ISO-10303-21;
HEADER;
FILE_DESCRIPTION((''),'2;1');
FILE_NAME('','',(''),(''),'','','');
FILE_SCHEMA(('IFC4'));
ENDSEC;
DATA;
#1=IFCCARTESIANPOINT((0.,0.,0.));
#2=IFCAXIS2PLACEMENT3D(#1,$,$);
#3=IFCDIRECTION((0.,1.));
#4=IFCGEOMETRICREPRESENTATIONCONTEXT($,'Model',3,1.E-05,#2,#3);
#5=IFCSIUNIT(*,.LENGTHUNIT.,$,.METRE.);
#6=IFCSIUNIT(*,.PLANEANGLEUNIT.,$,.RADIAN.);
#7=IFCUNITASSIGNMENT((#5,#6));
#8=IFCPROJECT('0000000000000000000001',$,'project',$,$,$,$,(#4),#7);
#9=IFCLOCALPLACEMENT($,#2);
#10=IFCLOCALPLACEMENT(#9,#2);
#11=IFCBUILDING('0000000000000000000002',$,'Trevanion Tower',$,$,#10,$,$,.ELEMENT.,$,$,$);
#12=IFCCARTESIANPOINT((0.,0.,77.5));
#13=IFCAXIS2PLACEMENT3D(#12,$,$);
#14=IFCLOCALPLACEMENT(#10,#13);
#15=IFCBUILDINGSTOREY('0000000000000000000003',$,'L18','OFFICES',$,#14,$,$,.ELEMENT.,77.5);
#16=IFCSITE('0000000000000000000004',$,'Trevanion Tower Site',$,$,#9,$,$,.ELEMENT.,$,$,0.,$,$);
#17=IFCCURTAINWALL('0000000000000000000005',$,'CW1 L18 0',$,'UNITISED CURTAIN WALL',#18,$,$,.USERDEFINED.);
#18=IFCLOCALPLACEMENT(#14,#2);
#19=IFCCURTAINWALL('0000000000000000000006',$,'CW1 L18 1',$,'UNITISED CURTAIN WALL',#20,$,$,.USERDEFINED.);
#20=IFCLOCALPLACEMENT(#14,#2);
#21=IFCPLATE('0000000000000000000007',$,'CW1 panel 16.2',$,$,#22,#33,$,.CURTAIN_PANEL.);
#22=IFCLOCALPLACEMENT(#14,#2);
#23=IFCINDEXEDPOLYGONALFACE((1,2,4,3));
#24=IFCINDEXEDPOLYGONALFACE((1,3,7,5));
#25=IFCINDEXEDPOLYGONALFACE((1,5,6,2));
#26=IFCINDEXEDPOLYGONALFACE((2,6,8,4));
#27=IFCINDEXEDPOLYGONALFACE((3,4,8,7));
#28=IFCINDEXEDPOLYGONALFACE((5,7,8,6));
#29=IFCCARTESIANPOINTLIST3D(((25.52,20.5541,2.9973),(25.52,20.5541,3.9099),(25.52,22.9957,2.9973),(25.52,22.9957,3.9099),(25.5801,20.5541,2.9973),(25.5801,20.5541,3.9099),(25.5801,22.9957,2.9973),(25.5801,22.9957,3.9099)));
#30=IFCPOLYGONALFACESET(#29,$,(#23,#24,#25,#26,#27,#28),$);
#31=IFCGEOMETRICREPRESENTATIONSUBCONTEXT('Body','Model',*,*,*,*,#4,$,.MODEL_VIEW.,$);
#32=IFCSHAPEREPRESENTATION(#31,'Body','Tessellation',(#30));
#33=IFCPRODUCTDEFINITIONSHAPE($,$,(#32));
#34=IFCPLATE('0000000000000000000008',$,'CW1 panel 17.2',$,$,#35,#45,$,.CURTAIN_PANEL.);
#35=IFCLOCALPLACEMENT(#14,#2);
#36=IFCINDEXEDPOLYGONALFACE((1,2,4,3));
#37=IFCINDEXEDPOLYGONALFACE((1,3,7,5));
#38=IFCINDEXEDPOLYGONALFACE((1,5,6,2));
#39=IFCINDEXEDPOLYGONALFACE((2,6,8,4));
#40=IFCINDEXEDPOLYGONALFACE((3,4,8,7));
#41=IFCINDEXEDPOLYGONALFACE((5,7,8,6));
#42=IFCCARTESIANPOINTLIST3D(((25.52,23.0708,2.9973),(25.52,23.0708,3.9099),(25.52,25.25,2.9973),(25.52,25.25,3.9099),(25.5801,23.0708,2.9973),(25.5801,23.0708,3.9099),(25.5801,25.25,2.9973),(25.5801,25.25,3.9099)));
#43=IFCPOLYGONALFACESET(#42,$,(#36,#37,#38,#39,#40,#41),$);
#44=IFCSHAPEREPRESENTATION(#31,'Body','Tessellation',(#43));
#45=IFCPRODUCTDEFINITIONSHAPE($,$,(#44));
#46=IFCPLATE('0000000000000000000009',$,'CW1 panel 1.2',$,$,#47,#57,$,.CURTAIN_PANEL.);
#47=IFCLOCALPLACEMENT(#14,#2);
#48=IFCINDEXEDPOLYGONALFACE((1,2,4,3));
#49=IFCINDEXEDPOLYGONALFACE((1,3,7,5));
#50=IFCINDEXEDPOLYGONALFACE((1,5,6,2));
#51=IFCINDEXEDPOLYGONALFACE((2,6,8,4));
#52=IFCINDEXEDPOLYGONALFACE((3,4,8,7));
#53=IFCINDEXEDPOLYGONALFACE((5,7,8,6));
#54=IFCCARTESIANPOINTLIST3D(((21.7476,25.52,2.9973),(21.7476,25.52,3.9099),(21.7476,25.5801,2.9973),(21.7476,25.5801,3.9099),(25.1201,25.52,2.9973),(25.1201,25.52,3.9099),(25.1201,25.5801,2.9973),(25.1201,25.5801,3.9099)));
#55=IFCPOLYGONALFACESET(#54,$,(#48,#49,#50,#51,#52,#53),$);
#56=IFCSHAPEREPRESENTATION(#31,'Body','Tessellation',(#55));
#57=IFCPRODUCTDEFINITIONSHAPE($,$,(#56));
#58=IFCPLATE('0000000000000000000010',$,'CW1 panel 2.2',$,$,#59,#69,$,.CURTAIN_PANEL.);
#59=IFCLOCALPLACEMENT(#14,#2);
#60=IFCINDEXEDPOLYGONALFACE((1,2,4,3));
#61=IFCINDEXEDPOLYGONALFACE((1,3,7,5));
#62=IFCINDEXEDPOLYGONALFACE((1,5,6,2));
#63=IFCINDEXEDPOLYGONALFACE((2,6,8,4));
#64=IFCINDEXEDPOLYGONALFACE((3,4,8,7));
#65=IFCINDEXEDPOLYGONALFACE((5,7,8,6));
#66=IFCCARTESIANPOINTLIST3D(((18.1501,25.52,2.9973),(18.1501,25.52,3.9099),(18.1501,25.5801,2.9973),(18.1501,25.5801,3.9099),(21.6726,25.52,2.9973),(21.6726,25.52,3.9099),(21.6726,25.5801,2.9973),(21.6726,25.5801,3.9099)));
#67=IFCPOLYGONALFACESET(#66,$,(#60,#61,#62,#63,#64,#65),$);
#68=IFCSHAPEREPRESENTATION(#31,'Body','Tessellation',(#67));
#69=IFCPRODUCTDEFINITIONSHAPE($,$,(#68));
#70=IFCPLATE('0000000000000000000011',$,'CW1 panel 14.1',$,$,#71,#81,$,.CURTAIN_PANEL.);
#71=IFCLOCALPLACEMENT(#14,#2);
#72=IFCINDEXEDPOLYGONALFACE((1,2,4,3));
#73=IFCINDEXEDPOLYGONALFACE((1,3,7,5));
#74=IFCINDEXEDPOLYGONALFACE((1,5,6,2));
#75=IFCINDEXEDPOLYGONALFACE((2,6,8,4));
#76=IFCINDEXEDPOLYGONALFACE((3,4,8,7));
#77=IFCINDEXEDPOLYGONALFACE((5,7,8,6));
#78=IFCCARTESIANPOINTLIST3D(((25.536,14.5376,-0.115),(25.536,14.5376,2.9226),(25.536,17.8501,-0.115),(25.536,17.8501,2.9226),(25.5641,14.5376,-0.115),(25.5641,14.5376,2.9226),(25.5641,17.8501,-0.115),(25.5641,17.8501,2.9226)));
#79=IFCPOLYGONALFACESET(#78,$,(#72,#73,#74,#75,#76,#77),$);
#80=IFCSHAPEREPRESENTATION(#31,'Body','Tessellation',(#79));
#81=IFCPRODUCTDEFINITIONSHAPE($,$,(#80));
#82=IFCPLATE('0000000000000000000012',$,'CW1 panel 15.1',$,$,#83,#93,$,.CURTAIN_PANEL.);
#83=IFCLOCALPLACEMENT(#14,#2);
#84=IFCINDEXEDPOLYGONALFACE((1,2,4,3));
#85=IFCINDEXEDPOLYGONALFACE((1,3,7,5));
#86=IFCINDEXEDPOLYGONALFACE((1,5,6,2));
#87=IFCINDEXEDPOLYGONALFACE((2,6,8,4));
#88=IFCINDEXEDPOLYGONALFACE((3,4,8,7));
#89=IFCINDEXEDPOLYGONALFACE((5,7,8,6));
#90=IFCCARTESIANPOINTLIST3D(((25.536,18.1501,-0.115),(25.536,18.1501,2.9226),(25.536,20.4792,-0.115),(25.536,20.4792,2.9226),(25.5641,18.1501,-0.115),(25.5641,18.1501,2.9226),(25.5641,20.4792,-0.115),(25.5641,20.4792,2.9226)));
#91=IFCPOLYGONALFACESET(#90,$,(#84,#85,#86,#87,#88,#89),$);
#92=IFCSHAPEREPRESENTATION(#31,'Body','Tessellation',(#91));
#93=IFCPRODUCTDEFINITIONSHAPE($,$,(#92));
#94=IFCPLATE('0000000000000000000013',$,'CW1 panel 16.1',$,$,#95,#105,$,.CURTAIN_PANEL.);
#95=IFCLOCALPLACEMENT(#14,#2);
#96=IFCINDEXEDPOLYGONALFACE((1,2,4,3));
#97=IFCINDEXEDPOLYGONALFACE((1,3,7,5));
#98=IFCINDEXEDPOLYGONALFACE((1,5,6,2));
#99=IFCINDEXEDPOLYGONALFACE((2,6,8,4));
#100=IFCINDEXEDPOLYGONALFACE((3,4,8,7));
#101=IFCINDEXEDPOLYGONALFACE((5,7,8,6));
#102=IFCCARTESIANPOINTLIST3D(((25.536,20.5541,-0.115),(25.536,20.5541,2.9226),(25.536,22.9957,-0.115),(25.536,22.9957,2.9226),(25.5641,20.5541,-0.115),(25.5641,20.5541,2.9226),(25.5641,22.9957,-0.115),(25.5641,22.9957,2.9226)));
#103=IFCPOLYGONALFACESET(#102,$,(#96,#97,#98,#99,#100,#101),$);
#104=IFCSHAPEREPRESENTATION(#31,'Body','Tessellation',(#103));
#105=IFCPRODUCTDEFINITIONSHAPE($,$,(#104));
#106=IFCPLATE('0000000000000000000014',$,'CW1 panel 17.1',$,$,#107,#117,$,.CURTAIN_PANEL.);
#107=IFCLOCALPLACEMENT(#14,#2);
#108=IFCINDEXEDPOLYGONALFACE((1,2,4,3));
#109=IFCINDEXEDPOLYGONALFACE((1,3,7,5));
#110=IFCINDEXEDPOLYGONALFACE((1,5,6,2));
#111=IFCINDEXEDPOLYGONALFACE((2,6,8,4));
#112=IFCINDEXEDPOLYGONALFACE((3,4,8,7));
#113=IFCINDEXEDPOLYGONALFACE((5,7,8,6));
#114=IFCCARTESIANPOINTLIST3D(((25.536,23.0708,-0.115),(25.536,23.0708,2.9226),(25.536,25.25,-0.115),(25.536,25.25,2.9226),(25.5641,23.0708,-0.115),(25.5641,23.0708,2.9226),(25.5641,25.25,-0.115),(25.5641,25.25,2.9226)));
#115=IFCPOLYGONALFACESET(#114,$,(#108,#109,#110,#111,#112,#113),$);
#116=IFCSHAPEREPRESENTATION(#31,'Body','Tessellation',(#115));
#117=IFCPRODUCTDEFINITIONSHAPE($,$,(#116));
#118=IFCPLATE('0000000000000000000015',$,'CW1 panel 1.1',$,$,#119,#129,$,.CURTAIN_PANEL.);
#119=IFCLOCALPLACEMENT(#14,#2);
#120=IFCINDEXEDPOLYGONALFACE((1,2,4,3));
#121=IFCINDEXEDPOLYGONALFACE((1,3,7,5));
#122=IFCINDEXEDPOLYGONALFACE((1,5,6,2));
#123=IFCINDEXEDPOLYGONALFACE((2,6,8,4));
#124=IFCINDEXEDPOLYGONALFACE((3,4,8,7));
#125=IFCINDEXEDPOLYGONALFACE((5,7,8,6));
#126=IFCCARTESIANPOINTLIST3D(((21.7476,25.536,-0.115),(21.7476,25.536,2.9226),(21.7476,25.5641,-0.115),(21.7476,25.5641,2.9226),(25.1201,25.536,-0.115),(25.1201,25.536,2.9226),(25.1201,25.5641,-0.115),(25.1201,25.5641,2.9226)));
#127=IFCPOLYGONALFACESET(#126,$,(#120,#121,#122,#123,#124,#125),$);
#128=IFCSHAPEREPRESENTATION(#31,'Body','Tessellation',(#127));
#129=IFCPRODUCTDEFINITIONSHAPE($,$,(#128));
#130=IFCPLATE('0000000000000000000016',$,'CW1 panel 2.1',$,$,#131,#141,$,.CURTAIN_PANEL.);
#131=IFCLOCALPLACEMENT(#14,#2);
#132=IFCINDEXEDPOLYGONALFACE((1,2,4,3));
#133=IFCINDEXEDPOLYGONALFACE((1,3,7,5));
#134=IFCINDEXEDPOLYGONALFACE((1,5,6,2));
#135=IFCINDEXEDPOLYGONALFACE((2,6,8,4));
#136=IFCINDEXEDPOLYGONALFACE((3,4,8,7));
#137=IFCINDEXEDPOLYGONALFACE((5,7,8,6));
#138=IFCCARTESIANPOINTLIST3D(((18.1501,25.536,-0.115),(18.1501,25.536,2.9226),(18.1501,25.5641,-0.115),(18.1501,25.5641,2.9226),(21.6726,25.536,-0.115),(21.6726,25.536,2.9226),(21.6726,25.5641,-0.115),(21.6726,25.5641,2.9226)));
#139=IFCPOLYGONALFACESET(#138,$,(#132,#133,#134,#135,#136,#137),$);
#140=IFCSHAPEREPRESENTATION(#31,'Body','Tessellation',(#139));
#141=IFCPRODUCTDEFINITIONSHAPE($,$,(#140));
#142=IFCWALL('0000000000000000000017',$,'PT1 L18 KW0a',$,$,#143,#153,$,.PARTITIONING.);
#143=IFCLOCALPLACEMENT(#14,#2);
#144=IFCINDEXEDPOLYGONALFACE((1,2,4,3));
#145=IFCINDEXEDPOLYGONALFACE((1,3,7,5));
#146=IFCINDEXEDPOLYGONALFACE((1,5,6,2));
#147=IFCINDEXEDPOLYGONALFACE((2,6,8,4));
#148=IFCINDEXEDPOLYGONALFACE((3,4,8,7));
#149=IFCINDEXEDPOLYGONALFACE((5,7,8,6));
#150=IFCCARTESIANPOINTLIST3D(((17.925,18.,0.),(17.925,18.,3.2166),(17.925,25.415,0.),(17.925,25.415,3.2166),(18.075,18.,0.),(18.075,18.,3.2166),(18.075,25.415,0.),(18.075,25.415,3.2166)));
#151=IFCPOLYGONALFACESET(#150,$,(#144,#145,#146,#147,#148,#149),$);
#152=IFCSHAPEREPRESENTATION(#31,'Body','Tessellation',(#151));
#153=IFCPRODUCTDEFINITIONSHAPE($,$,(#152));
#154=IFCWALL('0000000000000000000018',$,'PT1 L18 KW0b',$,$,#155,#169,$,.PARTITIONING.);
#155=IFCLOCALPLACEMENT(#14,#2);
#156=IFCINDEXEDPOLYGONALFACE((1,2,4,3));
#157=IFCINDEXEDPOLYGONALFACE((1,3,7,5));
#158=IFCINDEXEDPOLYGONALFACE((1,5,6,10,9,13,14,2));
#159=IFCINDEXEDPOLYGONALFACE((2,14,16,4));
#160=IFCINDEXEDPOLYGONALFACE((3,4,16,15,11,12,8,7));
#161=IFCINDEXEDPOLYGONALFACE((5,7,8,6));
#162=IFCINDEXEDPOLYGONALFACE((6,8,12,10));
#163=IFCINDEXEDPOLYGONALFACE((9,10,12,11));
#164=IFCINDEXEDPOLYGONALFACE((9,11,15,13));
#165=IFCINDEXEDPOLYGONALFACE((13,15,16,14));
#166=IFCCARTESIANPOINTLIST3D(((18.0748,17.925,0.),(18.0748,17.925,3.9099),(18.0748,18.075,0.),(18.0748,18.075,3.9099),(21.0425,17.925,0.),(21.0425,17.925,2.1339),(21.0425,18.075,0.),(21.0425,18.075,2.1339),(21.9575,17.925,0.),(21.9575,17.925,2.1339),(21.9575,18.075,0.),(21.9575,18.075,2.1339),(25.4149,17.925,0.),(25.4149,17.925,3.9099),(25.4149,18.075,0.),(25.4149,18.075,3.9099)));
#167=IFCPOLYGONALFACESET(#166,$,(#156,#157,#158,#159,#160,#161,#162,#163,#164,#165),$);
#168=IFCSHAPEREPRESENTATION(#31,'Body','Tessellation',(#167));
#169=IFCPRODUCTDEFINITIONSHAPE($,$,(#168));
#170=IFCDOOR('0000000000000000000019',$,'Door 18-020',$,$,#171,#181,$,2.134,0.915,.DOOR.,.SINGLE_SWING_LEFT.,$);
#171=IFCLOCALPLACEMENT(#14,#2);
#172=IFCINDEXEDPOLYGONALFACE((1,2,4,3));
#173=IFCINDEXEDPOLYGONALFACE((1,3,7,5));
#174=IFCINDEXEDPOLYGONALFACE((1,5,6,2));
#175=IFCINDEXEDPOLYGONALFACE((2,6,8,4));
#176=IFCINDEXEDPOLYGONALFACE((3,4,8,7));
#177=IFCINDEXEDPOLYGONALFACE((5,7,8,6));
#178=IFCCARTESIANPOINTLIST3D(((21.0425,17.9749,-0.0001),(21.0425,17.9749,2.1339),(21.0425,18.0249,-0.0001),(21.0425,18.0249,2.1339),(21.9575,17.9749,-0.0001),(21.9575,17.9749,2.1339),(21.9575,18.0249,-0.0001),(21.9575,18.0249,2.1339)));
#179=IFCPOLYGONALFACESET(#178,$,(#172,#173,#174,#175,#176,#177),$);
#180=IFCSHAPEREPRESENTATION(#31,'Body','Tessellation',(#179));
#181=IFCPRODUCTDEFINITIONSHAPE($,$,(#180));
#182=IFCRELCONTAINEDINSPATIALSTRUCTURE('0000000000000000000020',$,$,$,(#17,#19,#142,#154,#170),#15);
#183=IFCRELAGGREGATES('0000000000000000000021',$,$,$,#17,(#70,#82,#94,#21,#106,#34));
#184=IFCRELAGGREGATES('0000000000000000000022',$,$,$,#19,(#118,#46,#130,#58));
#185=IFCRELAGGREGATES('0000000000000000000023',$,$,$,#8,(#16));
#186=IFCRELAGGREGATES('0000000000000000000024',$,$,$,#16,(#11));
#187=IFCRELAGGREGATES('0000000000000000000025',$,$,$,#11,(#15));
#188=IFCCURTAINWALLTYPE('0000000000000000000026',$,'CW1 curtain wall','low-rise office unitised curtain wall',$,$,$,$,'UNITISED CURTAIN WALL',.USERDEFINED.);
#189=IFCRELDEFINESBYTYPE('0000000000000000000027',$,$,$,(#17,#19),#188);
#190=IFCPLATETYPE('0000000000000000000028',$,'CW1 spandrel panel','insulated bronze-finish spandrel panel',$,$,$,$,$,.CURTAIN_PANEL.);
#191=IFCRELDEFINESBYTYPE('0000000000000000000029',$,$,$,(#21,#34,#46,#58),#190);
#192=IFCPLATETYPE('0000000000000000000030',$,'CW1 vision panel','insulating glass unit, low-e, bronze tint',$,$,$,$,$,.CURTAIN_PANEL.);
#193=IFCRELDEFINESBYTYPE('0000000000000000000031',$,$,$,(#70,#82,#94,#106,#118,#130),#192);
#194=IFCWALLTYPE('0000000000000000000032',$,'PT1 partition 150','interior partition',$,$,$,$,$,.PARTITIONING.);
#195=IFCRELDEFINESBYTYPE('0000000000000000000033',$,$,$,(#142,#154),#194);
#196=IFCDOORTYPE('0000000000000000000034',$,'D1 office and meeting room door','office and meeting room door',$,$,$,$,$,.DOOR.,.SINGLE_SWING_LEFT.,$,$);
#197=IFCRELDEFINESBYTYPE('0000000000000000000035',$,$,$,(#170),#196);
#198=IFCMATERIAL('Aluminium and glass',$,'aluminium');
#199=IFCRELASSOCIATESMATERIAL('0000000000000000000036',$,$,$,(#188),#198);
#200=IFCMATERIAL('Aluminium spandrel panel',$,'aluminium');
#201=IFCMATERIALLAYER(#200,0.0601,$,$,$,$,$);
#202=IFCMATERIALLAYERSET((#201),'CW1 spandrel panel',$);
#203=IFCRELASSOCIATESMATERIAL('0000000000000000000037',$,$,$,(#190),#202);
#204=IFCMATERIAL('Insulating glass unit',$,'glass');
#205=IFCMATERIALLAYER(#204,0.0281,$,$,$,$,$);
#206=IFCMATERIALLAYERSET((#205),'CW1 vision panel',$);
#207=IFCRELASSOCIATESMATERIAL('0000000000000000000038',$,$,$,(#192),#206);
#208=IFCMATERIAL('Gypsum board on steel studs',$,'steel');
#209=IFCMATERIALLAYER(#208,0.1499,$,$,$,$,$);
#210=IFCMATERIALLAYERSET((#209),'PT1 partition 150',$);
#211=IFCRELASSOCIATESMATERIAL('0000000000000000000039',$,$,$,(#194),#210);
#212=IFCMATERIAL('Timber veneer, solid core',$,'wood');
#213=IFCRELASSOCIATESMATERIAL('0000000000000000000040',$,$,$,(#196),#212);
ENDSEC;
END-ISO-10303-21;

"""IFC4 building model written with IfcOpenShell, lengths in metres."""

from ifc_helpers import new_model, si_unit, direction, frame, frame_2d, origin, origin_2d, place, context, subcontext, project, spatial, rectangle, extrude, material, layer, layer_set, type_object, element, fill, aggregate, save


model = new_model("IFC4")

# Units and contexts
model_context = context("Model", 3, precision=1e-05, world=origin(), true_north=direction((0.0, 1.0)))
body_context = subcontext(model_context, "Body", "Model", "MODEL_VIEW")
ifc_project = project(units=[si_unit("LENGTHUNIT", "METRE"), si_unit("PLANEANGLEUNIT", "RADIAN")], contexts=[model_context])

# Site, building, storey
site_placement = place(None, origin())
site = spatial("IfcSite", under=ifc_project, at=site_placement, Name="Trevanion Tower Site", CompositionType="ELEMENT", RefElevation=0.0)
building_placement = place(site_placement, origin())
building = spatial("IfcBuilding", under=site, at=building_placement, Name="Trevanion Tower", CompositionType="ELEMENT")
storey_placement = place(building_placement, frame((0.0, 0.0, 77.5)))
storey = spatial("IfcBuildingStorey", under=building, at=storey_placement, Name="L18", Description="OFFICES", CompositionType="ELEMENT", Elevation=77.5)

# Curtain wall
ifc_material_1 = material(Name="Aluminium and glass", Category="aluminium")
curtain_wall_type = type_object("IfcCurtainWallType", Name="CW1 curtain wall", Description="low-rise office unitised curtain wall", ElementType="UNITISED CURTAIN WALL", PredefinedType="USERDEFINED", material=ifc_material_1)
curtain_wall_1_placement = place(storey_placement, origin())
curtain_wall_1 = element("IfcCurtainWall", 1, at=curtain_wall_1_placement, inside=storey, type_object=curtain_wall_type, Name="CW1 L18 0", ObjectType="UNITISED CURTAIN WALL", PredefinedType="USERDEFINED")

# Curtain wall
curtain_wall_2_placement = place(storey_placement, origin())
curtain_wall_2 = element("IfcCurtainWall", 2, at=curtain_wall_2_placement, inside=storey, type_object=curtain_wall_type, Name="CW1 L18 1", ObjectType="UNITISED CURTAIN WALL", PredefinedType="USERDEFINED")

# Plates
ifc_material_2 = material(Name="Aluminium spandrel panel", Category="aluminium")
ifc_layer_1 = layer(ifc_material_2, 0.0601)
ifc_layer_set_1 = layer_set([ifc_layer_1], Name="CW1 spandrel panel")
plate_type_1 = type_object("IfcPlateType", Name="CW1 spandrel panel", Description="insulated bronze-finish spandrel panel", PredefinedType="CURTAIN_PANEL", material=ifc_layer_set_1)
plate_1_placement = place(storey_placement, frame((25.55, 21.7749, 2.9973), z_axis=(0.0, 0.0, 1.0), x_axis=(0.0, 1.0, 0.0)))
plate_1 = element("IfcPlate", 3, at=plate_1_placement, type_object=plate_type_1, Name="CW1 panel 16.2", PredefinedType="CURTAIN_PANEL", context=body_context, shape_type="SweptSolid", body=[
    extrude(rectangle(XDim=2.4417, YDim=0.0601, at=origin_2d()), origin(), (0.0, 0.0, 1.0), 0.9126),
])
plate_2_placement = place(storey_placement, frame((25.55, 24.1604, 2.9973), z_axis=(0.0, 0.0, 1.0), x_axis=(0.0, 1.0, 0.0)))
plate_2 = element("IfcPlate", 4, at=plate_2_placement, type_object=plate_type_1, Name="CW1 panel 17.2", PredefinedType="CURTAIN_PANEL", context=body_context, shape_type="SweptSolid", body=[
    extrude(rectangle(XDim=2.1792, YDim=0.0601, at=origin_2d()), origin(), (0.0, 0.0, 1.0), 0.9126),
])
plate_3_placement = place(storey_placement, frame((23.4338, 25.55, 2.9973), z_axis=(0.0, 0.0, 1.0), x_axis=(-1.0, 0.0, 0.0)))
plate_3 = element("IfcPlate", 5, at=plate_3_placement, type_object=plate_type_1, Name="CW1 panel 1.2", PredefinedType="CURTAIN_PANEL", context=body_context, shape_type="SweptSolid", body=[
    extrude(rectangle(XDim=3.3726, YDim=0.0601, at=origin_2d()), origin(), (0.0, 0.0, 1.0), 0.9126),
])
plate_4_placement = place(storey_placement, frame((19.9114, 25.55, 2.9973), z_axis=(0.0, 0.0, 1.0), x_axis=(-1.0, 0.0, 0.0)))
plate_4 = element("IfcPlate", 6, at=plate_4_placement, type_object=plate_type_1, Name="CW1 panel 2.2", PredefinedType="CURTAIN_PANEL", context=body_context, shape_type="SweptSolid", body=[
    extrude(rectangle(XDim=3.5225, YDim=0.0601, at=origin_2d()), origin(), (0.0, 0.0, 1.0), 0.9126),
])
ifc_material_3 = material(Name="Insulating glass unit", Category="glass")
ifc_layer_2 = layer(ifc_material_3, 0.0281)
ifc_layer_set_2 = layer_set([ifc_layer_2], Name="CW1 vision panel")
plate_type_2 = type_object("IfcPlateType", Name="CW1 vision panel", Description="insulating glass unit, low-e, bronze tint", PredefinedType="CURTAIN_PANEL", material=ifc_layer_set_2)
plate_5_placement = place(storey_placement, frame((25.55, 16.1938, -0.115), z_axis=(0.0, 0.0, 1.0), x_axis=(0.0, 1.0, 0.0)))
plate_5 = element("IfcPlate", 7, at=plate_5_placement, type_object=plate_type_2, Name="CW1 panel 14.1", PredefinedType="CURTAIN_PANEL", context=body_context, shape_type="SweptSolid", body=[
    extrude(rectangle(XDim=3.3125, YDim=0.0281, at=origin_2d()), origin(), (0.0, 0.0, 1.0), 3.0376),
])
plate_6_placement = place(storey_placement, frame((25.55, 19.3147, -0.115), z_axis=(0.0, 0.0, 1.0), x_axis=(0.0, 1.0, 0.0)))
plate_6 = element("IfcPlate", 8, at=plate_6_placement, type_object=plate_type_2, Name="CW1 panel 15.1", PredefinedType="CURTAIN_PANEL", context=body_context, shape_type="SweptSolid", body=[
    extrude(rectangle(XDim=2.3291, YDim=0.0281, at=origin_2d()), origin(), (0.0, 0.0, 1.0), 3.0376),
])
plate_7_placement = place(storey_placement, frame((25.55, 21.7749, -0.115), z_axis=(0.0, 0.0, 1.0), x_axis=(0.0, 1.0, 0.0)))
plate_7 = element("IfcPlate", 9, at=plate_7_placement, type_object=plate_type_2, Name="CW1 panel 16.1", PredefinedType="CURTAIN_PANEL", context=body_context, shape_type="SweptSolid", body=[
    extrude(rectangle(XDim=2.4417, YDim=0.0281, at=origin_2d()), origin(), (0.0, 0.0, 1.0), 3.0376),
])
plate_8_placement = place(storey_placement, frame((25.55, 24.1604, -0.115), z_axis=(0.0, 0.0, 1.0), x_axis=(0.0, 1.0, 0.0)))
plate_8 = element("IfcPlate", 10, at=plate_8_placement, type_object=plate_type_2, Name="CW1 panel 17.1", PredefinedType="CURTAIN_PANEL", context=body_context, shape_type="SweptSolid", body=[
    extrude(rectangle(XDim=2.1792, YDim=0.0281, at=origin_2d()), origin(), (0.0, 0.0, 1.0), 3.0376),
])
aggregate(curtain_wall_1, [plate_5, plate_6, plate_7, plate_1, plate_8, plate_2])
plate_9_placement = place(storey_placement, frame((23.4338, 25.55, -0.115), z_axis=(0.0, 0.0, 1.0), x_axis=(-1.0, 0.0, 0.0)))
plate_9 = element("IfcPlate", 11, at=plate_9_placement, type_object=plate_type_2, Name="CW1 panel 1.1", PredefinedType="CURTAIN_PANEL", context=body_context, shape_type="SweptSolid", body=[
    extrude(rectangle(XDim=3.3726, YDim=0.0281, at=origin_2d()), origin(), (0.0, 0.0, 1.0), 3.0376),
])
plate_10_placement = place(storey_placement, frame((19.9114, 25.55, -0.115), z_axis=(0.0, 0.0, 1.0), x_axis=(-1.0, 0.0, 0.0)))
plate_10 = element("IfcPlate", 12, at=plate_10_placement, type_object=plate_type_2, Name="CW1 panel 2.1", PredefinedType="CURTAIN_PANEL", context=body_context, shape_type="SweptSolid", body=[
    extrude(rectangle(XDim=3.5225, YDim=0.0281, at=origin_2d()), origin(), (0.0, 0.0, 1.0), 3.0376),
])
aggregate(curtain_wall_2, [plate_9, plate_3, plate_10, plate_4])

# Wall
ifc_material_4 = material(Name="Gypsum board on steel studs", Category="steel")
ifc_layer_3 = layer(ifc_material_4, 0.1499)
ifc_layer_set_3 = layer_set([ifc_layer_3], Name="PT1 partition 150")
wall_type = type_object("IfcWallType", Name="PT1 partition 150", Description="interior partition", PredefinedType="PARTITIONING", material=ifc_layer_set_3)
wall_1_placement = place(storey_placement, frame((18.0, 18.0, 0.0), z_axis=(0.0, 0.0, 1.0), x_axis=(0.0, 1.0, 0.0)))
element("IfcWall", 13, at=wall_1_placement, inside=storey, type_object=wall_type, Name="PT1 L18 KW0a", PredefinedType="PARTITIONING", context=body_context, shape_type="SweptSolid", body=[
    extrude(rectangle(XDim=7.415, YDim=0.1499, at=frame_2d((3.7075, 0.0))), origin(), (0.0, 0.0, 1.0), 3.2166),
])

# Wall, opening, door
wall_2_placement = place(storey_placement, frame((18.075, 18.0, 0.0), z_axis=(0.0, 0.0, 1.0), x_axis=(1.0, 0.0, 0.0)))
wall_2 = element("IfcWall", 14, at=wall_2_placement, inside=storey, type_object=wall_type, Name="PT1 L18 KW0b", PredefinedType="PARTITIONING", context=body_context, shape_type="SweptSolid", body=[
    extrude(rectangle(XDim=7.3401, YDim=0.1499, at=frame_2d((3.6699, 0.0))), origin(), (0.0, 0.0, 1.0), 3.9099),
])
opening_placement = place(wall_2_placement, frame((2.9675, 0.0, 0.0)))
opening = element("IfcOpeningElement", 15, at=opening_placement, cuts=wall_2, PredefinedType="OPENING", context=body_context, shape_type="SweptSolid", body=[
    extrude(rectangle(XDim=0.915, YDim=2.134, at=frame_2d((0.4575, 1.0669))), frame((0.0, 0.085, 0.0), z_axis=(0.0, -1.0, 0.0), x_axis=(1.0, 0.0, 0.0)), (0.0, 0.0, 1.0), 0.1699),
])
ifc_material_5 = material(Name="Timber veneer, solid core", Category="wood")
door_type = type_object("IfcDoorType", Name="D1 office and meeting room door", Description="office and meeting room door", OperationType="SINGLE_SWING_LEFT", PredefinedType="DOOR", material=ifc_material_5)
door_placement = place(opening_placement, origin())
door = element("IfcDoor", 16, at=door_placement, inside=storey, type_object=door_type, Name="Door 18-020", OperationType="SINGLE_SWING_LEFT", OverallHeight=2.134, OverallWidth=0.915, PredefinedType="DOOR", context=body_context, shape_type="SweptSolid", body=[
    extrude(rectangle(XDim=0.915, YDim=2.134, at=frame_2d((0.4575, 1.0669))), frame((0.0, 0.0249, 0.0), z_axis=(0.0, -1.0, 0.0), x_axis=(1.0, 0.0, 0.0)), (0.0, 0.0, 1.0), 0.05),
])
fill(opening, door)

save(model, "model.ifc")
